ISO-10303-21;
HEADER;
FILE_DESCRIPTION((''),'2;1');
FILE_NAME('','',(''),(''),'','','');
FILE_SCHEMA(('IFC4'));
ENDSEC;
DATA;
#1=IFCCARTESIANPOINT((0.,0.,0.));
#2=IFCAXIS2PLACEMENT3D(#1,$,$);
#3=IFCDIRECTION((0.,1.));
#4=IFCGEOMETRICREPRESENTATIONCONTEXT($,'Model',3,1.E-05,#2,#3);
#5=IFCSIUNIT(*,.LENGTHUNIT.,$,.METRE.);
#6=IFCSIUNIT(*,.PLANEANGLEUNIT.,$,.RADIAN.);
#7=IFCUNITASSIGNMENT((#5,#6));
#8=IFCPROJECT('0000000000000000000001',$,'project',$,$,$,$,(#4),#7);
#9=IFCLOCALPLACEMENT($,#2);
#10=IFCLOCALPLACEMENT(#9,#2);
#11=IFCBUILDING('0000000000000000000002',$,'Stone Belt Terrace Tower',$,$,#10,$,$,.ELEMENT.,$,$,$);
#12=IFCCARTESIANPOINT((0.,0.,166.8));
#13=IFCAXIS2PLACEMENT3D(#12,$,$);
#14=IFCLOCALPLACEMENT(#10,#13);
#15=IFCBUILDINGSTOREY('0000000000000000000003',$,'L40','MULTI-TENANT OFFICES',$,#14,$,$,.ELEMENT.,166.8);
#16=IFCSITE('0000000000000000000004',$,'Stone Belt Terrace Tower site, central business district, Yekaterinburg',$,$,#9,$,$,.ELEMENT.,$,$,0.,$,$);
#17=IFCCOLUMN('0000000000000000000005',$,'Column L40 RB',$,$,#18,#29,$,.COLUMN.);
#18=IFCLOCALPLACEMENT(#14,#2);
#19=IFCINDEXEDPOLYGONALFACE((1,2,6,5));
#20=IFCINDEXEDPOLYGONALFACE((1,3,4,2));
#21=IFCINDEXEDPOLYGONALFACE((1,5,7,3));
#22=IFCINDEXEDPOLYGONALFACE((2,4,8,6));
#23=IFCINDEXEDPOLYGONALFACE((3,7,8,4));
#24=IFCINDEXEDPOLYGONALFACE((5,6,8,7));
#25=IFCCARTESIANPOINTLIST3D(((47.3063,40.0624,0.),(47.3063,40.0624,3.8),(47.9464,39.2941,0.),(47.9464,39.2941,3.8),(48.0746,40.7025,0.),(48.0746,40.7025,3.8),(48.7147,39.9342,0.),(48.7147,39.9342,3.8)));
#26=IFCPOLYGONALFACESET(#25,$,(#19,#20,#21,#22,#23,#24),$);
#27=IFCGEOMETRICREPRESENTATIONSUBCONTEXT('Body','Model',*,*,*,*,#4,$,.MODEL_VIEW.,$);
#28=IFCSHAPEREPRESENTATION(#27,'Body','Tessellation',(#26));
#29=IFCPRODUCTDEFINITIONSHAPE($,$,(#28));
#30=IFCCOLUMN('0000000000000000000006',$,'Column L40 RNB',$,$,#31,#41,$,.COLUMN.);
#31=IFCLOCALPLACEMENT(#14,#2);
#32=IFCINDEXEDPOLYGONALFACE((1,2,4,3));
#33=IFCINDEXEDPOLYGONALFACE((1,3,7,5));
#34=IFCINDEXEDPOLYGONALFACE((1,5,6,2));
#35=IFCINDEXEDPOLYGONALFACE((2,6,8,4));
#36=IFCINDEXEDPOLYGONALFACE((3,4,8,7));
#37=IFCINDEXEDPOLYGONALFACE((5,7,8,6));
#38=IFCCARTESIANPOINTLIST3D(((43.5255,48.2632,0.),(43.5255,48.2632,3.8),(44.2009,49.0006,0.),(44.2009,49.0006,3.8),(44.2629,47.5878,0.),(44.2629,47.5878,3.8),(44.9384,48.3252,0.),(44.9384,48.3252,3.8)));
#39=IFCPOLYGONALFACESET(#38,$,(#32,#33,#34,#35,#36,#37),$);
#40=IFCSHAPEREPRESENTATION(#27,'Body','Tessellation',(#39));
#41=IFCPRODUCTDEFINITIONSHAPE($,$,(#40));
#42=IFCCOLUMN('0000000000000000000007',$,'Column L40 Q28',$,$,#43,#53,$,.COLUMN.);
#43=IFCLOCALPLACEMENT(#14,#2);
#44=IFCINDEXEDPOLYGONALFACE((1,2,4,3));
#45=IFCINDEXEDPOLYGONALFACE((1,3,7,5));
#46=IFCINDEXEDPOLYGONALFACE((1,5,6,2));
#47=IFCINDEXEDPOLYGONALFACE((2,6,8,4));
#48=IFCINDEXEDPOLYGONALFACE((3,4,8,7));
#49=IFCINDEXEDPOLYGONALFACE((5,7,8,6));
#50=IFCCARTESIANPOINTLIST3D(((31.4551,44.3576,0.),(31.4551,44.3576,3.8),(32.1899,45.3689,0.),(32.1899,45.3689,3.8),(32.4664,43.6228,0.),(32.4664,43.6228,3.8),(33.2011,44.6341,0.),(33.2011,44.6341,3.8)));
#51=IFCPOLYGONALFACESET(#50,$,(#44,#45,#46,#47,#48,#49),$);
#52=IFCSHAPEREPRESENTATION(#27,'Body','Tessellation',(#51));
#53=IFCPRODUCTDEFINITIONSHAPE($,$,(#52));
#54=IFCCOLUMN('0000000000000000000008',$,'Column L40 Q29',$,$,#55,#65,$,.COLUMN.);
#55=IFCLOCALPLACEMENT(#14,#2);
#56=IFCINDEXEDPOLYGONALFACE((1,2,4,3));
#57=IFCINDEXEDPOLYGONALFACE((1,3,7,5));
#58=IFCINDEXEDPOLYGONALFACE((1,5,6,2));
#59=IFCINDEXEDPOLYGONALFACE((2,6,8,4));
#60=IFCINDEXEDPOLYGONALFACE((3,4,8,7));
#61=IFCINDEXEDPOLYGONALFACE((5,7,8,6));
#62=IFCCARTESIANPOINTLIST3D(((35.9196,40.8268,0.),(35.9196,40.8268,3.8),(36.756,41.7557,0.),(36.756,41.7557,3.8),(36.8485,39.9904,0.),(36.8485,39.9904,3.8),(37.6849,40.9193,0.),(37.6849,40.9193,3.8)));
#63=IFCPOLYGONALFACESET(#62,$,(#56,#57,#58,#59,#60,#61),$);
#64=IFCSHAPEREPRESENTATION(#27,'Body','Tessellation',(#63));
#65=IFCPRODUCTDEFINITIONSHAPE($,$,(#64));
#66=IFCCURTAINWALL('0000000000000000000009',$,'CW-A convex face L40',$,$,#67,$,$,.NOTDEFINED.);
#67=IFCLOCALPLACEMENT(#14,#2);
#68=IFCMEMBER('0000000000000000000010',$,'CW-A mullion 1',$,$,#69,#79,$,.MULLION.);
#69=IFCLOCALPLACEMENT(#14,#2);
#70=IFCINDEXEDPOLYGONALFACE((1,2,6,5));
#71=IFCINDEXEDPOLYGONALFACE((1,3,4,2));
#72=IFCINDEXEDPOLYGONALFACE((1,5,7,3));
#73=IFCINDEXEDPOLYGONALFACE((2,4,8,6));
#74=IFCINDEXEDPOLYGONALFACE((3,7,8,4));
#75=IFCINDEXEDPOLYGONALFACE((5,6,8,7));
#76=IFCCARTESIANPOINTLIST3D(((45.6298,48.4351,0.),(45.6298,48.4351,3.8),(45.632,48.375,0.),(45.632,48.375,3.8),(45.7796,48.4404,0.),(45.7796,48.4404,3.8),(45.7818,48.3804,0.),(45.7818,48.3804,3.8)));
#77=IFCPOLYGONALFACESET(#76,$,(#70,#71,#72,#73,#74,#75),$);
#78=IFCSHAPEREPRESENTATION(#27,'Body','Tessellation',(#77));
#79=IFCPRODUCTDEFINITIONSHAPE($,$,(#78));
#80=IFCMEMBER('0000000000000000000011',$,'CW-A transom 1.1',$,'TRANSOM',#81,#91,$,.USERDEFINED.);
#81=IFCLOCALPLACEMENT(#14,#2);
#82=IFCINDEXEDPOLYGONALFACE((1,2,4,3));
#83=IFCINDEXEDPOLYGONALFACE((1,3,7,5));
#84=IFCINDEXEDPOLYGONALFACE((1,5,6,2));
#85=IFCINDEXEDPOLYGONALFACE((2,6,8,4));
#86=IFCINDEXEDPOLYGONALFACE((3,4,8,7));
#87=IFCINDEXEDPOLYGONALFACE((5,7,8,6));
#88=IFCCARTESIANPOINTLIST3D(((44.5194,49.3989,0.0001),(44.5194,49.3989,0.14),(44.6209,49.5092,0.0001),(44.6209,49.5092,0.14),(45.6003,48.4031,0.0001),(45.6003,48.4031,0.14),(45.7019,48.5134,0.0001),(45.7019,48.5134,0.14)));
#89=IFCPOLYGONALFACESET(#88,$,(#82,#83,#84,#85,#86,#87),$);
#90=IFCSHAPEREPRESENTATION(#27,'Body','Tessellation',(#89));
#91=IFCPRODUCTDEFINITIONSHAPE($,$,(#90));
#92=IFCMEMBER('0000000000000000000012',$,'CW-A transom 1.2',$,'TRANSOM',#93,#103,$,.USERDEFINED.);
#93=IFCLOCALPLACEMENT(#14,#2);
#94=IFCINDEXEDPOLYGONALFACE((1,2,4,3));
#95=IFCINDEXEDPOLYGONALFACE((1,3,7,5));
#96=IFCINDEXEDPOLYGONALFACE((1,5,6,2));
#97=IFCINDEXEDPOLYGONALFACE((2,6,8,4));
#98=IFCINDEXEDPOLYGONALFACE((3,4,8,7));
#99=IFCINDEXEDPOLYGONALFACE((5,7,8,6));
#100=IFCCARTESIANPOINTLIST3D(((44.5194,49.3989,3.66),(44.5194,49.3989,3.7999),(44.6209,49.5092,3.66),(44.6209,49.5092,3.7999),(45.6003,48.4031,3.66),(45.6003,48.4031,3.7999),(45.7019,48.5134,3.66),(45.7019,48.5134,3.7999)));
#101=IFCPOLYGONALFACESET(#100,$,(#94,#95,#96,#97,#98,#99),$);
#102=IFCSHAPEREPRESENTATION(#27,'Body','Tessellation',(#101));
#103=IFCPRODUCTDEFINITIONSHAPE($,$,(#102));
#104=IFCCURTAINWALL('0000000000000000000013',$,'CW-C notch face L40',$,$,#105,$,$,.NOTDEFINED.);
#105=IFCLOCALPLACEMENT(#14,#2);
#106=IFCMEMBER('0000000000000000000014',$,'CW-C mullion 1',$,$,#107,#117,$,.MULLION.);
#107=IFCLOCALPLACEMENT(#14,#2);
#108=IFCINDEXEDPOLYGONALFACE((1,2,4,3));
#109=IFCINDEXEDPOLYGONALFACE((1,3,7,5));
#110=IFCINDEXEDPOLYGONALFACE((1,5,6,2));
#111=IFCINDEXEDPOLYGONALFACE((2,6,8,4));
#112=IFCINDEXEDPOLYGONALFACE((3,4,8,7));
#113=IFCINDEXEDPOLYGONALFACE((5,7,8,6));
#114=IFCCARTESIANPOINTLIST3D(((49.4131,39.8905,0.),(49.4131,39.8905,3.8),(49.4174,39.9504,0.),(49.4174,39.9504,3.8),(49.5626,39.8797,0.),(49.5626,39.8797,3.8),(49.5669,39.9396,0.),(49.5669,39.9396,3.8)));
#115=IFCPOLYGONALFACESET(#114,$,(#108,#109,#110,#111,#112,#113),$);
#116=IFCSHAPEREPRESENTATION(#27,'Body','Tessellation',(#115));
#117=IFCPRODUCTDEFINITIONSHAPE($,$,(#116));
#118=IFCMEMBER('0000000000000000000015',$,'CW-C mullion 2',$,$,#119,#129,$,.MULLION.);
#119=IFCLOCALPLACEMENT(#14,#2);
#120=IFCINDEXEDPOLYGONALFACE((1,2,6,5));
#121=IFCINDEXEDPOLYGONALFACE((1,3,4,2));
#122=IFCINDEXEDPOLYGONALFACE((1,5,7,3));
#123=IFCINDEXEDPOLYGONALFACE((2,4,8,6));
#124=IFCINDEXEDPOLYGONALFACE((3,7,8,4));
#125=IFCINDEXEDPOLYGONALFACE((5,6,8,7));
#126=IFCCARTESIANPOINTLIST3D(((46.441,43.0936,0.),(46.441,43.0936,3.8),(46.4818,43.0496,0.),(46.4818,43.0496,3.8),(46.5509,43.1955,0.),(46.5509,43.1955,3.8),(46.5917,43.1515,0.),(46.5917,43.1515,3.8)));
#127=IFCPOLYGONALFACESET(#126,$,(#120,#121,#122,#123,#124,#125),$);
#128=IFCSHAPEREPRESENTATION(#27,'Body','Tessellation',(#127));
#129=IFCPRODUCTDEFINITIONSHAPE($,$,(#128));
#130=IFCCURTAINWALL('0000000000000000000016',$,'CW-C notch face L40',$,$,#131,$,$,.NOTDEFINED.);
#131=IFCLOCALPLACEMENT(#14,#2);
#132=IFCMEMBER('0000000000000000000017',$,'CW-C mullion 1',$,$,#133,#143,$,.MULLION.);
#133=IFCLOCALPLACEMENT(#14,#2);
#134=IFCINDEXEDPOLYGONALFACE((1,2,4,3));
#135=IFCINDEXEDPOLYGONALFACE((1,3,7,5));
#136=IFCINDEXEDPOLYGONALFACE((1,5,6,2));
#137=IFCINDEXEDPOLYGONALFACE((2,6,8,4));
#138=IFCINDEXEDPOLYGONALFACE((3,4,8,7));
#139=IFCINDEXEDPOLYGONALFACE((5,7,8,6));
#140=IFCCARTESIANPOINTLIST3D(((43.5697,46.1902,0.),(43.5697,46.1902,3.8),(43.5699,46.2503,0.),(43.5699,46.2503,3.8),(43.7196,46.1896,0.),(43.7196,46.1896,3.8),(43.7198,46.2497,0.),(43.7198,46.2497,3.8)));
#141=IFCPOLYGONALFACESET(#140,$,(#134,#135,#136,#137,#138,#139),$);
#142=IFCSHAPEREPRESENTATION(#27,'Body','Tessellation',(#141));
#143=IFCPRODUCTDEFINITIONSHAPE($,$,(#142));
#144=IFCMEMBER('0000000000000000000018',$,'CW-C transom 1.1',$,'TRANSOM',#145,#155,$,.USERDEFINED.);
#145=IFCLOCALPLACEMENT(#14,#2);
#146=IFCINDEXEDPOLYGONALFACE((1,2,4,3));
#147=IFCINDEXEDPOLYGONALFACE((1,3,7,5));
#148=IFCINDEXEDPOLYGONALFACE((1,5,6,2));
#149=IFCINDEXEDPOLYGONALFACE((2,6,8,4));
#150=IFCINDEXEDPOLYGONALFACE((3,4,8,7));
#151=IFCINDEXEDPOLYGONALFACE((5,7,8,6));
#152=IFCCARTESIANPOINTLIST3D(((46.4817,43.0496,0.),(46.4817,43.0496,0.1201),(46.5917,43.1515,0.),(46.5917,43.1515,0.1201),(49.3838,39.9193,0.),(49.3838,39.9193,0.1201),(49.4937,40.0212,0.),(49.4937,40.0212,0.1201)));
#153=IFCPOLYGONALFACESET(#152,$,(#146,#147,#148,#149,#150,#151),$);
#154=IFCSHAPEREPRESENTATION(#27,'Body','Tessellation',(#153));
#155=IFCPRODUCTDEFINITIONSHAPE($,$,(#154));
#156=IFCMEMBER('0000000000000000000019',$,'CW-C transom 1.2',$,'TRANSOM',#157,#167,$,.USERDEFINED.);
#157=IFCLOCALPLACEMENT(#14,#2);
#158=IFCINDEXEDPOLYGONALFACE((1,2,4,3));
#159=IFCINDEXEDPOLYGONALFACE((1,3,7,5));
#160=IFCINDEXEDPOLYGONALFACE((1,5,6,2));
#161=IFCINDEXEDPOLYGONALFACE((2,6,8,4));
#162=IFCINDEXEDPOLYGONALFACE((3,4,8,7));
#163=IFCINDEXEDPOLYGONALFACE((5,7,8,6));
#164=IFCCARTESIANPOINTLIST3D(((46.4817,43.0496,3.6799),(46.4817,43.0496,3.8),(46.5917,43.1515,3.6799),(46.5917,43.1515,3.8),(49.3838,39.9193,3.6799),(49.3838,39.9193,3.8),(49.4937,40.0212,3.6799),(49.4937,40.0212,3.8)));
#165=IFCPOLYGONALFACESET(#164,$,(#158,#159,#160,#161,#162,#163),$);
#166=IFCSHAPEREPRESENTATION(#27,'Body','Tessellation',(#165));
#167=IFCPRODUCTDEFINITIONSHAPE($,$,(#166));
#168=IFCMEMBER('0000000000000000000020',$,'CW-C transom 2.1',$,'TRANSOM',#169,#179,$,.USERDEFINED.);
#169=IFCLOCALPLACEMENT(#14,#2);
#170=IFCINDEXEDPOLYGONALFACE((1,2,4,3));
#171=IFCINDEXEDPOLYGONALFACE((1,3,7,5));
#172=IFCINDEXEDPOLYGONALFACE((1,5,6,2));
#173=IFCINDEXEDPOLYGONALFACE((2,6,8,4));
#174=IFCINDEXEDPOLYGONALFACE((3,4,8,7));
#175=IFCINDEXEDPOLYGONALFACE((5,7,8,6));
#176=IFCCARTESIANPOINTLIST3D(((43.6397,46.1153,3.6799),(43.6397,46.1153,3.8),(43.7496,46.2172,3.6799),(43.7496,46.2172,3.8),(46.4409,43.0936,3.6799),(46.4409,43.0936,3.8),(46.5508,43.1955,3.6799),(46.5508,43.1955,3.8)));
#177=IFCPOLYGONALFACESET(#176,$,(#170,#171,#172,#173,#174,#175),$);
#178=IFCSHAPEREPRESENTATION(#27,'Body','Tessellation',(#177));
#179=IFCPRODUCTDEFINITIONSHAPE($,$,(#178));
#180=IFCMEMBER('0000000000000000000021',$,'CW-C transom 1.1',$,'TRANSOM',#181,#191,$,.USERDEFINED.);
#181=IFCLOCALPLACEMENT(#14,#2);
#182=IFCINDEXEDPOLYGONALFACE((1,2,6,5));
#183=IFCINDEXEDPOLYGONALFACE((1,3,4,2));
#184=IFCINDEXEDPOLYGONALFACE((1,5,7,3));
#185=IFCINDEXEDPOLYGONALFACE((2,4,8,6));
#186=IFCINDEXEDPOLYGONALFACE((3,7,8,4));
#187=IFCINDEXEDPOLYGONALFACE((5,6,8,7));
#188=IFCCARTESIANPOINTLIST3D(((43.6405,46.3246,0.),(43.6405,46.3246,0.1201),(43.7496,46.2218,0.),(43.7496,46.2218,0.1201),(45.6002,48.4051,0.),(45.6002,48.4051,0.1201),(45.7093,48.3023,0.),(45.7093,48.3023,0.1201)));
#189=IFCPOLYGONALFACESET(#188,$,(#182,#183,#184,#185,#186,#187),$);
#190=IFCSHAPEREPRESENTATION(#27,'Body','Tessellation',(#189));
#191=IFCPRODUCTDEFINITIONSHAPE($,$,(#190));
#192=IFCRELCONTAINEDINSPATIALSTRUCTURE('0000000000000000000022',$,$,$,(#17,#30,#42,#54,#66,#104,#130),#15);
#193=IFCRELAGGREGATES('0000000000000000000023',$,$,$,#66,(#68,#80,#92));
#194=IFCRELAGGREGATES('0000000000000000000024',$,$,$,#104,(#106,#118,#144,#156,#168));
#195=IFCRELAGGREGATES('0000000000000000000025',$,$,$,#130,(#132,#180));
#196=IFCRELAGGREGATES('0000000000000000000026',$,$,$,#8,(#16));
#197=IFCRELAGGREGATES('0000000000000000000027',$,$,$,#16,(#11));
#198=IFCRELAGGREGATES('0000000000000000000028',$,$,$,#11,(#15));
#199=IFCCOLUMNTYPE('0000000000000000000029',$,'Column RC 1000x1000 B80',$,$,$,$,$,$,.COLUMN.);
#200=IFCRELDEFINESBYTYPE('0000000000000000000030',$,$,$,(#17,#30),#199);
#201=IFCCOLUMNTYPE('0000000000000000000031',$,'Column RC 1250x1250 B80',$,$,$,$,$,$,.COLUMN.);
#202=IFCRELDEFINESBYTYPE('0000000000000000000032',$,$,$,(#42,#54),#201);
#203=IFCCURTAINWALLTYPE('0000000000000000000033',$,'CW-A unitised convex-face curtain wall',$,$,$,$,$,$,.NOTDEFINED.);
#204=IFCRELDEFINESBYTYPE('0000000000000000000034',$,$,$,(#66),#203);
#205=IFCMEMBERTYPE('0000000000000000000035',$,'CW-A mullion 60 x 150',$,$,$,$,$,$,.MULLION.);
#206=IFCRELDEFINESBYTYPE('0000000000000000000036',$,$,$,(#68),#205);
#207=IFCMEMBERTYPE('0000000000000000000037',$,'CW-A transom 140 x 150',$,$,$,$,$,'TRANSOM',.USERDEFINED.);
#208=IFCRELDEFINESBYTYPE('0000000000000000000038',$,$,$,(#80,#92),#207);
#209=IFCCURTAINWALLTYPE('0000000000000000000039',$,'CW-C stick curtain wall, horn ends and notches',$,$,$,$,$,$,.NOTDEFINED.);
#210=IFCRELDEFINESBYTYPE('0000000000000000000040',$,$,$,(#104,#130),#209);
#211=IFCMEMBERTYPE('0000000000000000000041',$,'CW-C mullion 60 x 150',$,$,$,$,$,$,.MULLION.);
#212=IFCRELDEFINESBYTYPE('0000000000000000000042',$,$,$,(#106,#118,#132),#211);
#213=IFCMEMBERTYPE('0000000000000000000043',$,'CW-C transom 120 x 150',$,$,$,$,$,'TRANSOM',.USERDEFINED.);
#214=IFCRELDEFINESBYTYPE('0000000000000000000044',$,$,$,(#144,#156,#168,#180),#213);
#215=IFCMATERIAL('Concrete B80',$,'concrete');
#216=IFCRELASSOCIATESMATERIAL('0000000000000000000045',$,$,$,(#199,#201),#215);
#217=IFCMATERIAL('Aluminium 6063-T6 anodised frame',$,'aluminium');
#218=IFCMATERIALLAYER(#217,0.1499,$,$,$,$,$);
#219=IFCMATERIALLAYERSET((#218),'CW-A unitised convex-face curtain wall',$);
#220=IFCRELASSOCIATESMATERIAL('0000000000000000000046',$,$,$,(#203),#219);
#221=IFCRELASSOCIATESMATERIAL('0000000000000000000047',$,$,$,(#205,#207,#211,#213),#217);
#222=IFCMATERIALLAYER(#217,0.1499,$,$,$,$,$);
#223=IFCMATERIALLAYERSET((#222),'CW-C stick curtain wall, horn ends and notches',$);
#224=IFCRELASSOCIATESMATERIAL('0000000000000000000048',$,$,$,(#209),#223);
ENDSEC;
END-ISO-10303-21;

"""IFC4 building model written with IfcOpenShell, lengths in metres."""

from ifc_helpers import new_model, si_unit, direction, frame, origin, origin_2d, place, context, subcontext, project, spatial, rectangle, extrude, material, layer, layer_set, material_profile, profile_set, type_object, element, aggregate, save


model = new_model("IFC4")

# Units and contexts
model_context = context("Model", 3, precision=1e-05, world=origin(), true_north=direction((0.0, 1.0)))
body_context = subcontext(model_context, "Body", "Model", "MODEL_VIEW")
ifc_project = project(units=[si_unit("LENGTHUNIT", "METRE"), si_unit("PLANEANGLEUNIT", "RADIAN")], contexts=[model_context])

# Site, building, storey
site_placement = place(None, origin())
site = spatial("IfcSite", under=ifc_project, at=site_placement, Name="Stone Belt Terrace Tower site, central business district, Yekaterinburg", CompositionType="ELEMENT", RefElevation=0.0)
building_placement = place(site_placement, origin())
building = spatial("IfcBuilding", under=site, at=building_placement, Name="Stone Belt Terrace Tower", CompositionType="ELEMENT")
storey_placement = place(building_placement, frame((0.0, 0.0, 166.8)))
storey = spatial("IfcBuildingStorey", under=building, at=storey_placement, Name="L40", Description="MULTI-TENANT OFFICES", CompositionType="ELEMENT", Elevation=166.8)

# Columns
ifc_material_1 = material(Name="Concrete B80", Category="concrete")
ifc_material_profile_1 = material_profile(ifc_material_1, rectangle(XDim=1.0, YDim=1.0, at=origin_2d()), Name="RC 1000x1000")
ifc_profile_set_1 = profile_set([ifc_material_profile_1], Name="Concrete B80")
column_type_1 = type_object("IfcColumnType", Name="Column RC 1000x1000 B80", PredefinedType="COLUMN", material=ifc_profile_set_1)
for number, where, z_axis, x_axis, name in (
    (1, (48.0105, 39.9983, 0.0), (0.0, 0.0, 1.0), (0.640086, -0.768304, 0.0), "Column L40 RB"),
    (2, (44.2319, 48.2942, 0.0), (0.0, 0.0, 1.0), (0.737441, -0.675411, 0.0), "Column L40 RNB"),
):
    element("IfcColumn", number, at=place(storey_placement, frame(where, z_axis=z_axis, x_axis=x_axis)), inside=storey, type_object=column_type_1, Name=name, PredefinedType="COLUMN", context=body_context, shape_type="SweptSolid", body=[
        extrude(rectangle(XDim=1.0, YDim=1.0, at=origin_2d()), origin(), (0.0, 0.0, 1.0), 3.8),
    ])
ifc_material_profile_2 = material_profile(ifc_material_1, rectangle(XDim=1.25, YDim=1.25, at=origin_2d()), Name="RC 1250x1250")
ifc_profile_set_2 = profile_set([ifc_material_profile_2], Name="Concrete B80")
column_type_2 = type_object("IfcColumnType", Name="Column RC 1250x1250 B80", PredefinedType="COLUMN", material=ifc_profile_set_2)
for number, where, z_axis, x_axis, name in (
    (3, (32.3281, 44.4958, 0.0), (0.0, 0.0, 1.0), (0.809017, -0.587785, 0.0), "Column L40 Q28"),
    (4, (36.8022, 40.873, 0.0), (0.0, 0.0, 1.0), (0.743145, -0.669131, 0.0), "Column L40 Q29"),
):
    element("IfcColumn", number, at=place(storey_placement, frame(where, z_axis=z_axis, x_axis=x_axis)), inside=storey, type_object=column_type_2, Name=name, PredefinedType="COLUMN", context=body_context, shape_type="SweptSolid", body=[
        extrude(rectangle(XDim=1.25, YDim=1.25, at=origin_2d()), origin(), (0.0, 0.0, 1.0), 3.8),
    ])

# Curtain walls, members
ifc_material_2 = material(Name="Aluminium 6063-T6 anodised frame", Category="aluminium")
ifc_layer_1 = layer(ifc_material_2, 0.1499)
ifc_layer_set_1 = layer_set([ifc_layer_1], Name="CW-A unitised convex-face curtain wall")
curtain_wall_type_1 = type_object("IfcCurtainWallType", Name="CW-A unitised convex-face curtain wall", PredefinedType="NOTDEFINED", material=ifc_layer_set_1)
curtain_wall_1_placement = place(storey_placement, origin())
curtain_wall_1 = element("IfcCurtainWall", 5, at=curtain_wall_1_placement, inside=storey, type_object=curtain_wall_type_1, Name="CW-A convex face L40", PredefinedType="NOTDEFINED")
ifc_material_profile_3 = material_profile(ifc_material_2, rectangle(XDim=0.1499, YDim=0.0601, at=origin_2d()), Name="Aluminium 6063-T6 60x150")
ifc_profile_set_3 = profile_set([ifc_material_profile_3], Name="Aluminium 6063-T6 anodised frame")
member_type_1 = type_object("IfcMemberType", Name="CW-A mullion 60 x 150", PredefinedType="MULLION", material=ifc_profile_set_3)
member_1_placement = place(storey_placement, frame((45.7058, 48.4077, 0.0), z_axis=(0.0, 0.0, 1.0), x_axis=(-0.999371, -0.035453, 0.0)))
member_1 = element("IfcMember", 6, at=member_1_placement, type_object=member_type_1, Name="CW-A mullion 1", PredefinedType="MULLION", context=body_context, shape_type="SweptSolid", body=[
    extrude(rectangle(XDim=0.1499, YDim=0.0601, at=origin_2d()), origin(), (0.0, 0.0, 1.0), 3.8),
])
ifc_material_profile_4 = material_profile(ifc_material_2, rectangle(XDim=0.1499, YDim=0.1399, at=origin_2d()), Name="Aluminium 6063-T6 150x140")
ifc_profile_set_4 = profile_set([ifc_material_profile_4], Name="Aluminium 6063-T6 anodised frame")
member_type_2 = type_object("IfcMemberType", Name="CW-A transom 140 x 150", ElementType="TRANSOM", PredefinedType="USERDEFINED", material=ifc_profile_set_4)
member_2_placement = place(storey_placement, frame((45.6511, 48.4583, 0.0701), z_axis=(-0.735497, 0.677528, 0.0), x_axis=(-0.677528, -0.735497, 0.0)))
member_2 = element("IfcMember", 7, at=member_2_placement, type_object=member_type_2, Name="CW-A transom 1.1", ObjectType="TRANSOM", PredefinedType="USERDEFINED", context=body_context, shape_type="SweptSolid", body=[
    extrude(rectangle(XDim=0.1499, YDim=0.1399, at=origin_2d()), origin(), (0.0, 0.0, 1.0), 1.4697),
])
member_3_placement = place(storey_placement, frame((45.6511, 48.4583, 3.73), z_axis=(-0.735497, 0.677528, 0.0), x_axis=(-0.677528, -0.735497, 0.0)))
member_3 = element("IfcMember", 8, at=member_3_placement, type_object=member_type_2, Name="CW-A transom 1.2", ObjectType="TRANSOM", PredefinedType="USERDEFINED", context=body_context, shape_type="SweptSolid", body=[
    extrude(rectangle(XDim=0.1499, YDim=0.1399, at=origin_2d()), origin(), (0.0, 0.0, 1.0), 1.4697),
])
aggregate(curtain_wall_1, [member_1, member_2, member_3])
ifc_layer_2 = layer(ifc_material_2, 0.1499)
ifc_layer_set_2 = layer_set([ifc_layer_2], Name="CW-C stick curtain wall, horn ends and notches")
curtain_wall_type_2 = type_object("IfcCurtainWallType", Name="CW-C stick curtain wall, horn ends and notches", PredefinedType="NOTDEFINED", material=ifc_layer_set_2)
curtain_wall_2_placement = place(storey_placement, origin())
curtain_wall_2 = element("IfcCurtainWall", 9, at=curtain_wall_2_placement, inside=storey, type_object=curtain_wall_type_2, Name="CW-C notch face L40", PredefinedType="NOTDEFINED")
ifc_material_profile_5 = material_profile(ifc_material_2, rectangle(XDim=0.1499, YDim=0.0601, at=origin_2d()), Name="Aluminium 6063-T6 60x150")
ifc_profile_set_5 = profile_set([ifc_material_profile_5], Name="Aluminium 6063-T6 anodised frame")
member_type_3 = type_object("IfcMemberType", Name="CW-C mullion 60 x 150", PredefinedType="MULLION", material=ifc_profile_set_5)
member_4_placement = place(storey_placement, frame((49.49, 39.915, 0.0), z_axis=(0.0, 0.0, 1.0), x_axis=(-0.997432, 0.071615, 0.0)))
member_4 = element("IfcMember", 10, at=member_4_placement, type_object=member_type_3, Name="CW-C mullion 1", PredefinedType="MULLION", context=body_context, shape_type="SweptSolid", body=[
    extrude(rectangle(XDim=0.1499, YDim=0.0601, at=origin_2d()), origin(), (0.0, 0.0, 1.0), 3.8),
])
member_5_placement = place(storey_placement, frame((46.5164, 43.1226, 0.0), z_axis=(0.0, 0.0, 1.0), x_axis=(-0.733352, -0.679849, 0.0)))
member_5 = element("IfcMember", 11, at=member_5_placement, type_object=member_type_3, Name="CW-C mullion 2", PredefinedType="MULLION", context=body_context, shape_type="SweptSolid", body=[
    extrude(rectangle(XDim=0.1499, YDim=0.0601, at=origin_2d()), origin(), (0.0, 0.0, 1.0), 3.8),
])

# Curtain wall, member
curtain_wall_3_placement = place(storey_placement, origin())
curtain_wall_3 = element("IfcCurtainWall", 12, at=curtain_wall_3_placement, inside=storey, type_object=curtain_wall_type_2, Name="CW-C notch face L40", PredefinedType="NOTDEFINED")
member_6_placement = place(storey_placement, frame((43.6448, 46.22, 0.0), z_axis=(0.0, 0.0, 1.0), x_axis=(-0.999992, 0.004007, 0.0)))
member_6 = element("IfcMember", 13, at=member_6_placement, type_object=member_type_3, Name="CW-C mullion 1", PredefinedType="MULLION", context=body_context, shape_type="SweptSolid", body=[
    extrude(rectangle(XDim=0.1499, YDim=0.0601, at=origin_2d()), origin(), (0.0, 0.0, 1.0), 3.8),
])

# Members
ifc_material_profile_6 = material_profile(ifc_material_2, rectangle(XDim=0.1499, YDim=0.1201, at=origin_2d()), Name="Aluminium 6063-T6 150x120")
ifc_profile_set_6 = profile_set([ifc_material_profile_6], Name="Aluminium 6063-T6 anodised frame")
member_type_4 = type_object("IfcMemberType", Name="CW-C transom 120 x 150", ElementType="TRANSOM", PredefinedType="USERDEFINED", material=ifc_profile_set_6)
member_7_placement = place(storey_placement, frame((49.4387, 39.9702, 0.0601), z_axis=(-0.679863, 0.733339, 0.0), x_axis=(-0.733339, -0.679863, 0.0)))
member_7 = element("IfcMember", 14, at=member_7_placement, type_object=member_type_4, Name="CW-C transom 1.1", ObjectType="TRANSOM", PredefinedType="USERDEFINED", context=body_context, shape_type="SweptSolid", body=[
    extrude(rectangle(XDim=0.1499, YDim=0.1201, at=origin_2d()), origin(), (0.0, 0.0, 1.0), 4.2686),
])
member_8_placement = place(storey_placement, frame((49.4387, 39.9702, 3.74), z_axis=(-0.679863, 0.733339, 0.0), x_axis=(-0.733339, -0.679863, 0.0)))
member_8 = element("IfcMember", 15, at=member_8_placement, type_object=member_type_4, Name="CW-C transom 1.2", ObjectType="TRANSOM", PredefinedType="USERDEFINED", context=body_context, shape_type="SweptSolid", body=[
    extrude(rectangle(XDim=0.1499, YDim=0.1201, at=origin_2d()), origin(), (0.0, 0.0, 1.0), 4.2686),
])
member_9_placement = place(storey_placement, frame((46.4958, 43.1445, 3.74), z_axis=(-0.679849, 0.733352, 0.0), x_axis=(-0.733352, -0.679849, 0.0)))
member_9 = element("IfcMember", 16, at=member_9_placement, type_object=member_type_4, Name="CW-C transom 2.1", ObjectType="TRANSOM", PredefinedType="USERDEFINED", context=body_context, shape_type="SweptSolid", body=[
    extrude(rectangle(XDim=0.1499, YDim=0.1201, at=origin_2d()), origin(), (0.0, 0.0, 1.0), 4.1204),
])
member_10_placement = place(storey_placement, frame((43.6951, 46.2732, 0.0601), z_axis=(0.68565, 0.727932, 0.0), x_axis=(-0.727932, 0.68565, 0.0)))
member_10 = element("IfcMember", 17, at=member_10_placement, type_object=member_type_4, Name="CW-C transom 1.1", ObjectType="TRANSOM", PredefinedType="USERDEFINED", context=body_context, shape_type="SweptSolid", body=[
    extrude(rectangle(XDim=0.1499, YDim=0.1201, at=origin_2d()), origin(), (0.0, 0.0, 1.0), 2.8582),
])

aggregate(curtain_wall_2, [member_4, member_5, member_7, member_8, member_9])
aggregate(curtain_wall_3, [member_6, member_10])

save(model, "model.ifc")
